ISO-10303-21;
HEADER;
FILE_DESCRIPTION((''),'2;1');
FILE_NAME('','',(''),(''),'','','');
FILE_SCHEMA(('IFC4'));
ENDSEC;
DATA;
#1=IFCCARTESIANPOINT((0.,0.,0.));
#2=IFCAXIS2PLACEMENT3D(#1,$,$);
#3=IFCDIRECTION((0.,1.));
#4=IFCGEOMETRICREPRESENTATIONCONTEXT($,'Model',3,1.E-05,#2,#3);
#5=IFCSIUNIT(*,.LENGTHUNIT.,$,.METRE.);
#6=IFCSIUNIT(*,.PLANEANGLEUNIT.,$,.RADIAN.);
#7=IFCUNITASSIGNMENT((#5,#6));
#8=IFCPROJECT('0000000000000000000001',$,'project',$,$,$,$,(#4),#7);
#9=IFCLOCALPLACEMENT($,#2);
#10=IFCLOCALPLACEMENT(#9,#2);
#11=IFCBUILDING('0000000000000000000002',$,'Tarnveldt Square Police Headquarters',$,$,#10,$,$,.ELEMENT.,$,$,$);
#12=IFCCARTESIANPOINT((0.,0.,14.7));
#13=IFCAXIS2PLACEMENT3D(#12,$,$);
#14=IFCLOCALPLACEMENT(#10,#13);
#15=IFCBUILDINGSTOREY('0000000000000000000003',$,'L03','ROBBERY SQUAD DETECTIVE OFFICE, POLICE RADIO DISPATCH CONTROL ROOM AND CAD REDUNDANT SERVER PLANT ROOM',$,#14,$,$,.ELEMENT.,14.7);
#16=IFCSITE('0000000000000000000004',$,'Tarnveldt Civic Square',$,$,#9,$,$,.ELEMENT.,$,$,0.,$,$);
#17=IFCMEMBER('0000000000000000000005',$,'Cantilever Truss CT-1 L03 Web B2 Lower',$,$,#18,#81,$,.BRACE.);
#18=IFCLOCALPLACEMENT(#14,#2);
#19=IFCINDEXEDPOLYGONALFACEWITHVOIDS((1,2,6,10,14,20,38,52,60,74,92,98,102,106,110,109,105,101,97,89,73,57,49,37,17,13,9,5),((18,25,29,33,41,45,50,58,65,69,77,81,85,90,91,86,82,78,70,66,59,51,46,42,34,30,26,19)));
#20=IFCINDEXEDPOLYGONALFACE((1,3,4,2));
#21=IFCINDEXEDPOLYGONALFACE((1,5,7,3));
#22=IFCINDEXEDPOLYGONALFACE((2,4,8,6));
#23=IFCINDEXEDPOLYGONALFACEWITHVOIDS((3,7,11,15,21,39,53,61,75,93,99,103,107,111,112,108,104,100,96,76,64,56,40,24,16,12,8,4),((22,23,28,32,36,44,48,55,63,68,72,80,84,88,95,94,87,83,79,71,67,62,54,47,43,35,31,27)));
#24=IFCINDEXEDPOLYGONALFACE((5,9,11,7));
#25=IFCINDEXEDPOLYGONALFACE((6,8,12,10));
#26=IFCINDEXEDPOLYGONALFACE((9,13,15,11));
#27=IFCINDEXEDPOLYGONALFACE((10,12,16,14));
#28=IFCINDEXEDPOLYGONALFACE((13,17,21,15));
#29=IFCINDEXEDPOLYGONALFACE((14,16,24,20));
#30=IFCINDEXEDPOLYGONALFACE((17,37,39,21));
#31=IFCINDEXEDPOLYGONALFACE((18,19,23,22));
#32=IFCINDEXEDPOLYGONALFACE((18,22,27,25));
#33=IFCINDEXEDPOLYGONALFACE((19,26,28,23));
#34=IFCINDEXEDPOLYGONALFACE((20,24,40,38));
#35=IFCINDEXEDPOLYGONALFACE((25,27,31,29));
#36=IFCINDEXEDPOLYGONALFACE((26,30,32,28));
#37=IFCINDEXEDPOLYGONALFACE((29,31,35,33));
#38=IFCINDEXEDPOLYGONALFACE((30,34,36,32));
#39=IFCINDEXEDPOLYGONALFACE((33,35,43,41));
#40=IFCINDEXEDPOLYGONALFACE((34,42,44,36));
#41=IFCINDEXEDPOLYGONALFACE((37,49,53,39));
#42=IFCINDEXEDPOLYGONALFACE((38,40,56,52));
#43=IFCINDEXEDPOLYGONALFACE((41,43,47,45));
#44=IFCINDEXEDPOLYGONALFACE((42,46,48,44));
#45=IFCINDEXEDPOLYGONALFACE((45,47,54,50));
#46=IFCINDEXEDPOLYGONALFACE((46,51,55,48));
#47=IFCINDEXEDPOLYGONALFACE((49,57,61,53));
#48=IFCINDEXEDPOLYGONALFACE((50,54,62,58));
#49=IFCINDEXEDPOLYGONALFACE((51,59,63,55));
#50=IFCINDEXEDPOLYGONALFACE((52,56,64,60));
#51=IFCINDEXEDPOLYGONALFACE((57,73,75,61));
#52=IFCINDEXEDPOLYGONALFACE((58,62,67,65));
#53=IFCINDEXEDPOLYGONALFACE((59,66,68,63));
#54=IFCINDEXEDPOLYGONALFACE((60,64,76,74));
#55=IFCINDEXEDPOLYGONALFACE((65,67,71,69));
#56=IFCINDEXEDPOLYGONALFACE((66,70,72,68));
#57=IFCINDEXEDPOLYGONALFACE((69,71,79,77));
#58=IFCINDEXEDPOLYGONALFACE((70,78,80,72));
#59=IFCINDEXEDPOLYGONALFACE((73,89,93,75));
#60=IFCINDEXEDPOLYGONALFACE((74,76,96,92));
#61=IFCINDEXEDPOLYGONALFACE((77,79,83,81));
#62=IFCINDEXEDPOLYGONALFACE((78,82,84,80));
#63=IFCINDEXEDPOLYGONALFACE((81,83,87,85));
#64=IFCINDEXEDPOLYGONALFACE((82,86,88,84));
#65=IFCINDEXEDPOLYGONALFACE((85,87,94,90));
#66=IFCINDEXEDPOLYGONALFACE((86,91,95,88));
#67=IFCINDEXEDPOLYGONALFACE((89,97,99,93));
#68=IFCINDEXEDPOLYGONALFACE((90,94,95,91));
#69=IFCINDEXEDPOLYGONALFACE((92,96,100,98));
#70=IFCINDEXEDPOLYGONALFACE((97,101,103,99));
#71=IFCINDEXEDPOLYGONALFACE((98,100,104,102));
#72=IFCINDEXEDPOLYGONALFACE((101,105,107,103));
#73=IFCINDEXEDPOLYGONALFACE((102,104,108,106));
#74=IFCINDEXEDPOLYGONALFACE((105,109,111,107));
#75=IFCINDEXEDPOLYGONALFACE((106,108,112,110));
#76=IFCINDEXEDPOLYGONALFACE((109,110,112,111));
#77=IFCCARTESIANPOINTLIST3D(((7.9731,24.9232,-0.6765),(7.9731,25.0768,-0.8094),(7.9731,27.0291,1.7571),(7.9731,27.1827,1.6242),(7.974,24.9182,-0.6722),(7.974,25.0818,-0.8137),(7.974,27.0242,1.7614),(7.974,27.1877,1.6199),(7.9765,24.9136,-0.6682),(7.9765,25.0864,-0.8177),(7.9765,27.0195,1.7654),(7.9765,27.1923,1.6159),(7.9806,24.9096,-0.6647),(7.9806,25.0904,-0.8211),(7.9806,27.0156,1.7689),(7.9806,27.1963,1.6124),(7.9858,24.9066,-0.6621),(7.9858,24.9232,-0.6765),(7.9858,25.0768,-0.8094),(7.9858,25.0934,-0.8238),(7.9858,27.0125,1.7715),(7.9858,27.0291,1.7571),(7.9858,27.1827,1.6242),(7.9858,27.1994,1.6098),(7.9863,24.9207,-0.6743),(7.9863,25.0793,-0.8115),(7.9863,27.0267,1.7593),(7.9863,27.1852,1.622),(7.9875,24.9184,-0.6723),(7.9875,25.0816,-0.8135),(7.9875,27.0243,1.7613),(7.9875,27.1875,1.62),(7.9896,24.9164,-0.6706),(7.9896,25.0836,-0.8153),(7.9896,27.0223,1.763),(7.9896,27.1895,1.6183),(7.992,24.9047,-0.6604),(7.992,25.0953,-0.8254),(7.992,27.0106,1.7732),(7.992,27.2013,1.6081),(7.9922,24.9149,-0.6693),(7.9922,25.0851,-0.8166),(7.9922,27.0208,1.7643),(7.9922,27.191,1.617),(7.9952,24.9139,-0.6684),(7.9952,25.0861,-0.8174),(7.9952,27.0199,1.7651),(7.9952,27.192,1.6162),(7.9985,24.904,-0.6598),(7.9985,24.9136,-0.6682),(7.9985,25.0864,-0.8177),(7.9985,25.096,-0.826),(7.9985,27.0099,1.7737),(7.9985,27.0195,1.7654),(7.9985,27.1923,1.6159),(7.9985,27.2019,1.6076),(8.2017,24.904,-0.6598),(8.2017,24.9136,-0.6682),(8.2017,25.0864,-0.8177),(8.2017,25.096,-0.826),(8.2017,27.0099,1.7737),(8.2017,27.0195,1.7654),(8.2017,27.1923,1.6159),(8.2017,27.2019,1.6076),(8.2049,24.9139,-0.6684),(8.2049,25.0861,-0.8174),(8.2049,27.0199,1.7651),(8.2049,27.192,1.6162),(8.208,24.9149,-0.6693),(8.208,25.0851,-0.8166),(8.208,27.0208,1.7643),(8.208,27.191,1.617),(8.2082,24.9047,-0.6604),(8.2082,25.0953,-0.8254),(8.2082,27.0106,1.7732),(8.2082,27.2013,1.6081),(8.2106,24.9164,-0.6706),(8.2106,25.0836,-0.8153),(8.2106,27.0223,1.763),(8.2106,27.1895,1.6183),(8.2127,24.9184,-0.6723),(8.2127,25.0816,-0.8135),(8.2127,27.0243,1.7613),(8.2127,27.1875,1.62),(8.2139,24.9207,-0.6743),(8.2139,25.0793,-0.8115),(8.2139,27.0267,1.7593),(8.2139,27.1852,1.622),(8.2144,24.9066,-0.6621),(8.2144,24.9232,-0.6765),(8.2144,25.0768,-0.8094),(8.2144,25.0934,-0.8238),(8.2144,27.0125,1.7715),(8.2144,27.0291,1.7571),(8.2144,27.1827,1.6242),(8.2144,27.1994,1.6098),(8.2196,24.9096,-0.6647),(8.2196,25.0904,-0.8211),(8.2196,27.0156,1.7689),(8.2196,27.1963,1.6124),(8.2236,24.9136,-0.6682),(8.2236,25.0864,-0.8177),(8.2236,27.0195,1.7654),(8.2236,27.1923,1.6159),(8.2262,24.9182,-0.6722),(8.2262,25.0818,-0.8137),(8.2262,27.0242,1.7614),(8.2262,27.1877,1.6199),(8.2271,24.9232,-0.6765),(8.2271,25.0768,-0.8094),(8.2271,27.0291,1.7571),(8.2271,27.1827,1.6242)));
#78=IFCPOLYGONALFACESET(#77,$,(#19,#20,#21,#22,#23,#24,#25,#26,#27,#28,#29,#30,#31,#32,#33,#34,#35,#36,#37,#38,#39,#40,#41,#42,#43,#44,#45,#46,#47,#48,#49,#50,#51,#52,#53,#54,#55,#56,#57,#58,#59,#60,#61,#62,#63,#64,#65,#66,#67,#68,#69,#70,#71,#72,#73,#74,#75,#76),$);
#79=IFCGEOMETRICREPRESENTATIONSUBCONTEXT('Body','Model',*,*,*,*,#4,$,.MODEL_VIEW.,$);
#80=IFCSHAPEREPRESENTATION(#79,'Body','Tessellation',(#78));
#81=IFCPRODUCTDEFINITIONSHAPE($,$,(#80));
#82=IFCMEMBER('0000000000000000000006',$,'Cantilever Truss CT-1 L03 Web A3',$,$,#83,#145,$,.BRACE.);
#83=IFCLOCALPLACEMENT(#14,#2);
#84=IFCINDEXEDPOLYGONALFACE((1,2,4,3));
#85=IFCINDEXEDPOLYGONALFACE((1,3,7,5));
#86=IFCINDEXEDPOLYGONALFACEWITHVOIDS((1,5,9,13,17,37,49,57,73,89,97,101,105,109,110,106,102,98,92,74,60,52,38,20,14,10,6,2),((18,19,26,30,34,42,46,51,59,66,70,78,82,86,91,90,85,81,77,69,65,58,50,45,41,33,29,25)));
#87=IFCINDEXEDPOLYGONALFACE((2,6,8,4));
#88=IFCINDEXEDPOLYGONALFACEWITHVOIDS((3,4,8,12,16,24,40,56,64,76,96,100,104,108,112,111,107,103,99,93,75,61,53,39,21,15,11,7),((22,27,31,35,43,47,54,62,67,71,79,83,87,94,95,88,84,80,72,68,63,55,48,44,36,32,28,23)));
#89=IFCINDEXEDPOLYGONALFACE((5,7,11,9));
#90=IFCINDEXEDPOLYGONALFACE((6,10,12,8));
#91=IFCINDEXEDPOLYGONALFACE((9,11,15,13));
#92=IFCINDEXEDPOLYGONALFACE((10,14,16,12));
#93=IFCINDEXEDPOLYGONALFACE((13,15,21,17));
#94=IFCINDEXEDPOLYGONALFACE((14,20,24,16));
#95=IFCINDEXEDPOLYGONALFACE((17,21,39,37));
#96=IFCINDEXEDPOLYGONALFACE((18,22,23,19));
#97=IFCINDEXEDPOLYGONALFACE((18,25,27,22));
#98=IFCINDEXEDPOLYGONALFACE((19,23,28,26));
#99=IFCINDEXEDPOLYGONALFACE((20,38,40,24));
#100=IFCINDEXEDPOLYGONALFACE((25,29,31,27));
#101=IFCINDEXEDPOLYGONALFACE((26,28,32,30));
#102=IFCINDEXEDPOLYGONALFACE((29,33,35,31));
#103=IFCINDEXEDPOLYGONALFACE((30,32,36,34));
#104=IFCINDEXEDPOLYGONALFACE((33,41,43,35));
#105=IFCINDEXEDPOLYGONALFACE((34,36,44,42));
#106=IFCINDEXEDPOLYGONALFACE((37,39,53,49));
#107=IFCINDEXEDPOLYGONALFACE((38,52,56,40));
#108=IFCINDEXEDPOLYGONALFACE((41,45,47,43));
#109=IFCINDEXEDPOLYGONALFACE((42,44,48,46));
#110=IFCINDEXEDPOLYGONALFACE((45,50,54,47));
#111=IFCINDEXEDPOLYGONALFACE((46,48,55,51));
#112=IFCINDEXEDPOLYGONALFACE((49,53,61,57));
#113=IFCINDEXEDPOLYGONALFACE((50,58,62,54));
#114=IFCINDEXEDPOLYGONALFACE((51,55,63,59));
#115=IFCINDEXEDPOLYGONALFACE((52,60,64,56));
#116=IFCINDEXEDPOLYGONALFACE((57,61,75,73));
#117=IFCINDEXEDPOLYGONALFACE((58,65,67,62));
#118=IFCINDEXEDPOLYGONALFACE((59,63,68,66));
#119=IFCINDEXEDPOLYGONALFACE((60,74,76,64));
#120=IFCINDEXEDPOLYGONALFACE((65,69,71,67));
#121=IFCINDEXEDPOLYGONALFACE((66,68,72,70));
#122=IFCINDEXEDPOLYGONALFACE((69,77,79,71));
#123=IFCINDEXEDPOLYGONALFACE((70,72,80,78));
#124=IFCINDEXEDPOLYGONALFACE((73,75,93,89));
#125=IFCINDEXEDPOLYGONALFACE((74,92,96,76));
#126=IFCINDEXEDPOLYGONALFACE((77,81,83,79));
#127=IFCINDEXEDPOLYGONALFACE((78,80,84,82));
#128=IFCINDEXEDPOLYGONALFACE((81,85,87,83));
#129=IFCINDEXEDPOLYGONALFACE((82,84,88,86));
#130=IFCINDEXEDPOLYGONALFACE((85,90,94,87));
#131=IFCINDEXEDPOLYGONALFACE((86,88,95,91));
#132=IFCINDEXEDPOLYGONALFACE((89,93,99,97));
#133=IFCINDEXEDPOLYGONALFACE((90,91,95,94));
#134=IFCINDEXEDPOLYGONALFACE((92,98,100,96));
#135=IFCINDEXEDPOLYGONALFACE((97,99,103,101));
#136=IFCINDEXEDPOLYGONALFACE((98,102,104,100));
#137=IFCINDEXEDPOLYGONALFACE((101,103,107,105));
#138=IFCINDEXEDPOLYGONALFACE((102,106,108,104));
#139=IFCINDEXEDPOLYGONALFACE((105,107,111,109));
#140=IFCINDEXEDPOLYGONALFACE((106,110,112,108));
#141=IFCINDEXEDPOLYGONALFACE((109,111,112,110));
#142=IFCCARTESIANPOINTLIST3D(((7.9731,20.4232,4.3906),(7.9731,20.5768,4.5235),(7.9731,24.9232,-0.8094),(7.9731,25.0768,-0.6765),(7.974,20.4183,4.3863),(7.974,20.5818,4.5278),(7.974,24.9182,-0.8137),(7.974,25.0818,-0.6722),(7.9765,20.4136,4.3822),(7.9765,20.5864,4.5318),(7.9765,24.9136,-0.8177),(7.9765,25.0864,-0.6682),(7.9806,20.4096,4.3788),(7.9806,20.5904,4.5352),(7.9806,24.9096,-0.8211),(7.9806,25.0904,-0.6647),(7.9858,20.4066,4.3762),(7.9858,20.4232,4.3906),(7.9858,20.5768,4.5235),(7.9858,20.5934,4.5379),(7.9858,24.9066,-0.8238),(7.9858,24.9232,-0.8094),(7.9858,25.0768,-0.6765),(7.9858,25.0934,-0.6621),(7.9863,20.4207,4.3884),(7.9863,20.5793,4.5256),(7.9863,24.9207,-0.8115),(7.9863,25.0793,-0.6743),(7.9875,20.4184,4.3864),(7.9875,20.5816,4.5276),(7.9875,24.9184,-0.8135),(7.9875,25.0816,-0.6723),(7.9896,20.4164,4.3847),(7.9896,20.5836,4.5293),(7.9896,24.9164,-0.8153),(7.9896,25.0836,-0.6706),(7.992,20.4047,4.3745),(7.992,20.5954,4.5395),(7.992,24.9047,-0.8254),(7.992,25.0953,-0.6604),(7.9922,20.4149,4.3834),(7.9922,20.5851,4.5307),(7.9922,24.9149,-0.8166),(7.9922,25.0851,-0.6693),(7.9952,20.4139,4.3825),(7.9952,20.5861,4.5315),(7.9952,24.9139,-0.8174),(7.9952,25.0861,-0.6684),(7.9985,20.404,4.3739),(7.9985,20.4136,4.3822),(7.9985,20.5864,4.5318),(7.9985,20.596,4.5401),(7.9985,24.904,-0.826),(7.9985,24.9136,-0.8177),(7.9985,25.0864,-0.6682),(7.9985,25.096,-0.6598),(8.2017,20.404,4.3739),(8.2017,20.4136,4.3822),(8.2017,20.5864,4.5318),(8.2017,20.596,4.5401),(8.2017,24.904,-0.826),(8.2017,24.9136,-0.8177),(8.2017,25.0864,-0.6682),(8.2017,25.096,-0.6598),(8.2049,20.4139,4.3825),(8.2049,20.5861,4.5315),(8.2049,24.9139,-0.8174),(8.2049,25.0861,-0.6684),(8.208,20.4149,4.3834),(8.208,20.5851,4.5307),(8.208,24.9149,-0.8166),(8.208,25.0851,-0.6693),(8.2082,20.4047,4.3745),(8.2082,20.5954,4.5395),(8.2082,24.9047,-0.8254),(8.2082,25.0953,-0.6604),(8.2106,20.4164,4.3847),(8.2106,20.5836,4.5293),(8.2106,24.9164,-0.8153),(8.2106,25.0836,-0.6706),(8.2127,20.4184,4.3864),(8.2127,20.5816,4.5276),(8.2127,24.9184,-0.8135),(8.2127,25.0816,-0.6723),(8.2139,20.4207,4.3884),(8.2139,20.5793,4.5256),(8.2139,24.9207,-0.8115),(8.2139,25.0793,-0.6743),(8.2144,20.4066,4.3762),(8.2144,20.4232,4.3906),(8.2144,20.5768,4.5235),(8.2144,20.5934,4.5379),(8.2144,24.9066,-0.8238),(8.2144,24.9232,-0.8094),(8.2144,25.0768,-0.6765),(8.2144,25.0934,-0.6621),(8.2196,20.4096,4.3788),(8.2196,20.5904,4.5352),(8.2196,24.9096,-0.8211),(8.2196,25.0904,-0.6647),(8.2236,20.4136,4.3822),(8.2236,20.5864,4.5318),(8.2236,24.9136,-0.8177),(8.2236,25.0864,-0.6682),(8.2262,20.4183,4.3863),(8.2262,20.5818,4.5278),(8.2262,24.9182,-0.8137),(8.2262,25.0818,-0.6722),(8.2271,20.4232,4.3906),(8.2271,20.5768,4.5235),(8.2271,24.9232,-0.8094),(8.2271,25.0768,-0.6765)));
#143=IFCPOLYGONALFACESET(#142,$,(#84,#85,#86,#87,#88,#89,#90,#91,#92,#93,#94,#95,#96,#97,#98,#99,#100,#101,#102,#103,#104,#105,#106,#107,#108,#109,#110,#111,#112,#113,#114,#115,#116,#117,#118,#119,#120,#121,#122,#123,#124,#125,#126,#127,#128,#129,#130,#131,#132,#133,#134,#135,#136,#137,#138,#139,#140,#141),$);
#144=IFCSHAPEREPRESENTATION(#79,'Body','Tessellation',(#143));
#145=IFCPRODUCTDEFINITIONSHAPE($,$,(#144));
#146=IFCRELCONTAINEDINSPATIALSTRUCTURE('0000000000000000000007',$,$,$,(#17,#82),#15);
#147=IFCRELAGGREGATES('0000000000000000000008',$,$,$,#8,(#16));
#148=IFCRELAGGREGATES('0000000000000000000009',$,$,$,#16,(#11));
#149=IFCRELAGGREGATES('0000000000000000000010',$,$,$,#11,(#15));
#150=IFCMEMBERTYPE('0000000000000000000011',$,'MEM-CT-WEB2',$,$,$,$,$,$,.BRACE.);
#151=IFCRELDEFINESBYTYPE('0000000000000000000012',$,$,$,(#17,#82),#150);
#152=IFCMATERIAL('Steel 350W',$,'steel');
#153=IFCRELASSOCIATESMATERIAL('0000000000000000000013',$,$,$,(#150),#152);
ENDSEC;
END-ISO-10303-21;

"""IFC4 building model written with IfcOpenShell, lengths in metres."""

from ifc_helpers import new_model, si_unit, direction, frame, origin, origin_2d, place, context, subcontext, project, spatial, hollow_rectangle, extrude, material, material_profile, profile_set, type_object, element, save


model = new_model("IFC4")

# Units and contexts
model_context = context("Model", 3, precision=1e-05, world=origin(), true_north=direction((0.0, 1.0)))
body_context = subcontext(model_context, "Body", "Model", "MODEL_VIEW")
ifc_project = project(units=[si_unit("LENGTHUNIT", "METRE"), si_unit("PLANEANGLEUNIT", "RADIAN")], contexts=[model_context])

# Site, building, storey
site_placement = place(None, origin())
site = spatial("IfcSite", under=ifc_project, at=site_placement, Name="Tarnveldt Civic Square", CompositionType="ELEMENT", RefElevation=0.0)
building_placement = place(site_placement, origin())
building = spatial("IfcBuilding", under=site, at=building_placement, Name="Tarnveldt Square Police Headquarters", CompositionType="ELEMENT")
storey_placement = place(building_placement, frame((0.0, 0.0, 14.7)))
storey = spatial("IfcBuildingStorey", under=building, at=storey_placement, Name="L03", Description="ROBBERY SQUAD DETECTIVE OFFICE, POLICE RADIO DISPATCH CONTROL ROOM AND CAD REDUNDANT SERVER PLANT ROOM", CompositionType="ELEMENT", Elevation=14.7)

# Shared definitions
ifc_material_1 = material(Name="Steel 350W", Category="steel")

# Members
ifc_material_profile_1 = material_profile(ifc_material_1, hollow_rectangle(XDim=0.2539, YDim=0.2539, WallThickness=0.0127, InnerFilletRadius=0.0127, OuterFilletRadius=0.0254, at=origin_2d()), Name="HSS254x254x13")
ifc_profile_set_1 = profile_set([ifc_material_profile_1], Name="Steel 350W")
member_type_1 = type_object("IfcMemberType", Name="MEM-CT-WEB2", PredefinedType="BRACE", material=ifc_profile_set_1)
member_1_placement = place(storey_placement, frame((8.1001, 25.0, -0.7429), z_axis=(0.0, 0.65437, 0.756174), x_axis=(-1.0, 0.0, 0.0)))
element("IfcMember", 1, at=member_1_placement, inside=storey, type_object=member_type_1, Name="Cantilever Truss CT-1 L03 Web B2 Lower", PredefinedType="BRACE", context=body_context, shape_type="SweptSolid", body=[
    extrude(hollow_rectangle(XDim=0.2539, YDim=0.2539, WallThickness=0.0127, InnerFilletRadius=0.0127, OuterFilletRadius=0.0254, at=origin_2d()), origin(), (0.0, 0.0, 1.0), 3.2183),
])
member_2_placement = place(storey_placement, frame((8.1001, 25.0, -0.7429), z_axis=(0.0, -0.65438, 0.756166), x_axis=(1.0, 0.0, 0.0)))
element("IfcMember", 2, at=member_2_placement, inside=storey, type_object=member_type_1, Name="Cantilever Truss CT-1 L03 Web A3", PredefinedType="BRACE", context=body_context, shape_type="SweptSolid", body=[
    extrude(hollow_rectangle(XDim=0.2539, YDim=0.2539, WallThickness=0.0127, InnerFilletRadius=0.0127, OuterFilletRadius=0.0254, at=origin_2d()), origin(), (0.0, 0.0, 1.0), 6.8767),
])

save(model, "model.ifc")
